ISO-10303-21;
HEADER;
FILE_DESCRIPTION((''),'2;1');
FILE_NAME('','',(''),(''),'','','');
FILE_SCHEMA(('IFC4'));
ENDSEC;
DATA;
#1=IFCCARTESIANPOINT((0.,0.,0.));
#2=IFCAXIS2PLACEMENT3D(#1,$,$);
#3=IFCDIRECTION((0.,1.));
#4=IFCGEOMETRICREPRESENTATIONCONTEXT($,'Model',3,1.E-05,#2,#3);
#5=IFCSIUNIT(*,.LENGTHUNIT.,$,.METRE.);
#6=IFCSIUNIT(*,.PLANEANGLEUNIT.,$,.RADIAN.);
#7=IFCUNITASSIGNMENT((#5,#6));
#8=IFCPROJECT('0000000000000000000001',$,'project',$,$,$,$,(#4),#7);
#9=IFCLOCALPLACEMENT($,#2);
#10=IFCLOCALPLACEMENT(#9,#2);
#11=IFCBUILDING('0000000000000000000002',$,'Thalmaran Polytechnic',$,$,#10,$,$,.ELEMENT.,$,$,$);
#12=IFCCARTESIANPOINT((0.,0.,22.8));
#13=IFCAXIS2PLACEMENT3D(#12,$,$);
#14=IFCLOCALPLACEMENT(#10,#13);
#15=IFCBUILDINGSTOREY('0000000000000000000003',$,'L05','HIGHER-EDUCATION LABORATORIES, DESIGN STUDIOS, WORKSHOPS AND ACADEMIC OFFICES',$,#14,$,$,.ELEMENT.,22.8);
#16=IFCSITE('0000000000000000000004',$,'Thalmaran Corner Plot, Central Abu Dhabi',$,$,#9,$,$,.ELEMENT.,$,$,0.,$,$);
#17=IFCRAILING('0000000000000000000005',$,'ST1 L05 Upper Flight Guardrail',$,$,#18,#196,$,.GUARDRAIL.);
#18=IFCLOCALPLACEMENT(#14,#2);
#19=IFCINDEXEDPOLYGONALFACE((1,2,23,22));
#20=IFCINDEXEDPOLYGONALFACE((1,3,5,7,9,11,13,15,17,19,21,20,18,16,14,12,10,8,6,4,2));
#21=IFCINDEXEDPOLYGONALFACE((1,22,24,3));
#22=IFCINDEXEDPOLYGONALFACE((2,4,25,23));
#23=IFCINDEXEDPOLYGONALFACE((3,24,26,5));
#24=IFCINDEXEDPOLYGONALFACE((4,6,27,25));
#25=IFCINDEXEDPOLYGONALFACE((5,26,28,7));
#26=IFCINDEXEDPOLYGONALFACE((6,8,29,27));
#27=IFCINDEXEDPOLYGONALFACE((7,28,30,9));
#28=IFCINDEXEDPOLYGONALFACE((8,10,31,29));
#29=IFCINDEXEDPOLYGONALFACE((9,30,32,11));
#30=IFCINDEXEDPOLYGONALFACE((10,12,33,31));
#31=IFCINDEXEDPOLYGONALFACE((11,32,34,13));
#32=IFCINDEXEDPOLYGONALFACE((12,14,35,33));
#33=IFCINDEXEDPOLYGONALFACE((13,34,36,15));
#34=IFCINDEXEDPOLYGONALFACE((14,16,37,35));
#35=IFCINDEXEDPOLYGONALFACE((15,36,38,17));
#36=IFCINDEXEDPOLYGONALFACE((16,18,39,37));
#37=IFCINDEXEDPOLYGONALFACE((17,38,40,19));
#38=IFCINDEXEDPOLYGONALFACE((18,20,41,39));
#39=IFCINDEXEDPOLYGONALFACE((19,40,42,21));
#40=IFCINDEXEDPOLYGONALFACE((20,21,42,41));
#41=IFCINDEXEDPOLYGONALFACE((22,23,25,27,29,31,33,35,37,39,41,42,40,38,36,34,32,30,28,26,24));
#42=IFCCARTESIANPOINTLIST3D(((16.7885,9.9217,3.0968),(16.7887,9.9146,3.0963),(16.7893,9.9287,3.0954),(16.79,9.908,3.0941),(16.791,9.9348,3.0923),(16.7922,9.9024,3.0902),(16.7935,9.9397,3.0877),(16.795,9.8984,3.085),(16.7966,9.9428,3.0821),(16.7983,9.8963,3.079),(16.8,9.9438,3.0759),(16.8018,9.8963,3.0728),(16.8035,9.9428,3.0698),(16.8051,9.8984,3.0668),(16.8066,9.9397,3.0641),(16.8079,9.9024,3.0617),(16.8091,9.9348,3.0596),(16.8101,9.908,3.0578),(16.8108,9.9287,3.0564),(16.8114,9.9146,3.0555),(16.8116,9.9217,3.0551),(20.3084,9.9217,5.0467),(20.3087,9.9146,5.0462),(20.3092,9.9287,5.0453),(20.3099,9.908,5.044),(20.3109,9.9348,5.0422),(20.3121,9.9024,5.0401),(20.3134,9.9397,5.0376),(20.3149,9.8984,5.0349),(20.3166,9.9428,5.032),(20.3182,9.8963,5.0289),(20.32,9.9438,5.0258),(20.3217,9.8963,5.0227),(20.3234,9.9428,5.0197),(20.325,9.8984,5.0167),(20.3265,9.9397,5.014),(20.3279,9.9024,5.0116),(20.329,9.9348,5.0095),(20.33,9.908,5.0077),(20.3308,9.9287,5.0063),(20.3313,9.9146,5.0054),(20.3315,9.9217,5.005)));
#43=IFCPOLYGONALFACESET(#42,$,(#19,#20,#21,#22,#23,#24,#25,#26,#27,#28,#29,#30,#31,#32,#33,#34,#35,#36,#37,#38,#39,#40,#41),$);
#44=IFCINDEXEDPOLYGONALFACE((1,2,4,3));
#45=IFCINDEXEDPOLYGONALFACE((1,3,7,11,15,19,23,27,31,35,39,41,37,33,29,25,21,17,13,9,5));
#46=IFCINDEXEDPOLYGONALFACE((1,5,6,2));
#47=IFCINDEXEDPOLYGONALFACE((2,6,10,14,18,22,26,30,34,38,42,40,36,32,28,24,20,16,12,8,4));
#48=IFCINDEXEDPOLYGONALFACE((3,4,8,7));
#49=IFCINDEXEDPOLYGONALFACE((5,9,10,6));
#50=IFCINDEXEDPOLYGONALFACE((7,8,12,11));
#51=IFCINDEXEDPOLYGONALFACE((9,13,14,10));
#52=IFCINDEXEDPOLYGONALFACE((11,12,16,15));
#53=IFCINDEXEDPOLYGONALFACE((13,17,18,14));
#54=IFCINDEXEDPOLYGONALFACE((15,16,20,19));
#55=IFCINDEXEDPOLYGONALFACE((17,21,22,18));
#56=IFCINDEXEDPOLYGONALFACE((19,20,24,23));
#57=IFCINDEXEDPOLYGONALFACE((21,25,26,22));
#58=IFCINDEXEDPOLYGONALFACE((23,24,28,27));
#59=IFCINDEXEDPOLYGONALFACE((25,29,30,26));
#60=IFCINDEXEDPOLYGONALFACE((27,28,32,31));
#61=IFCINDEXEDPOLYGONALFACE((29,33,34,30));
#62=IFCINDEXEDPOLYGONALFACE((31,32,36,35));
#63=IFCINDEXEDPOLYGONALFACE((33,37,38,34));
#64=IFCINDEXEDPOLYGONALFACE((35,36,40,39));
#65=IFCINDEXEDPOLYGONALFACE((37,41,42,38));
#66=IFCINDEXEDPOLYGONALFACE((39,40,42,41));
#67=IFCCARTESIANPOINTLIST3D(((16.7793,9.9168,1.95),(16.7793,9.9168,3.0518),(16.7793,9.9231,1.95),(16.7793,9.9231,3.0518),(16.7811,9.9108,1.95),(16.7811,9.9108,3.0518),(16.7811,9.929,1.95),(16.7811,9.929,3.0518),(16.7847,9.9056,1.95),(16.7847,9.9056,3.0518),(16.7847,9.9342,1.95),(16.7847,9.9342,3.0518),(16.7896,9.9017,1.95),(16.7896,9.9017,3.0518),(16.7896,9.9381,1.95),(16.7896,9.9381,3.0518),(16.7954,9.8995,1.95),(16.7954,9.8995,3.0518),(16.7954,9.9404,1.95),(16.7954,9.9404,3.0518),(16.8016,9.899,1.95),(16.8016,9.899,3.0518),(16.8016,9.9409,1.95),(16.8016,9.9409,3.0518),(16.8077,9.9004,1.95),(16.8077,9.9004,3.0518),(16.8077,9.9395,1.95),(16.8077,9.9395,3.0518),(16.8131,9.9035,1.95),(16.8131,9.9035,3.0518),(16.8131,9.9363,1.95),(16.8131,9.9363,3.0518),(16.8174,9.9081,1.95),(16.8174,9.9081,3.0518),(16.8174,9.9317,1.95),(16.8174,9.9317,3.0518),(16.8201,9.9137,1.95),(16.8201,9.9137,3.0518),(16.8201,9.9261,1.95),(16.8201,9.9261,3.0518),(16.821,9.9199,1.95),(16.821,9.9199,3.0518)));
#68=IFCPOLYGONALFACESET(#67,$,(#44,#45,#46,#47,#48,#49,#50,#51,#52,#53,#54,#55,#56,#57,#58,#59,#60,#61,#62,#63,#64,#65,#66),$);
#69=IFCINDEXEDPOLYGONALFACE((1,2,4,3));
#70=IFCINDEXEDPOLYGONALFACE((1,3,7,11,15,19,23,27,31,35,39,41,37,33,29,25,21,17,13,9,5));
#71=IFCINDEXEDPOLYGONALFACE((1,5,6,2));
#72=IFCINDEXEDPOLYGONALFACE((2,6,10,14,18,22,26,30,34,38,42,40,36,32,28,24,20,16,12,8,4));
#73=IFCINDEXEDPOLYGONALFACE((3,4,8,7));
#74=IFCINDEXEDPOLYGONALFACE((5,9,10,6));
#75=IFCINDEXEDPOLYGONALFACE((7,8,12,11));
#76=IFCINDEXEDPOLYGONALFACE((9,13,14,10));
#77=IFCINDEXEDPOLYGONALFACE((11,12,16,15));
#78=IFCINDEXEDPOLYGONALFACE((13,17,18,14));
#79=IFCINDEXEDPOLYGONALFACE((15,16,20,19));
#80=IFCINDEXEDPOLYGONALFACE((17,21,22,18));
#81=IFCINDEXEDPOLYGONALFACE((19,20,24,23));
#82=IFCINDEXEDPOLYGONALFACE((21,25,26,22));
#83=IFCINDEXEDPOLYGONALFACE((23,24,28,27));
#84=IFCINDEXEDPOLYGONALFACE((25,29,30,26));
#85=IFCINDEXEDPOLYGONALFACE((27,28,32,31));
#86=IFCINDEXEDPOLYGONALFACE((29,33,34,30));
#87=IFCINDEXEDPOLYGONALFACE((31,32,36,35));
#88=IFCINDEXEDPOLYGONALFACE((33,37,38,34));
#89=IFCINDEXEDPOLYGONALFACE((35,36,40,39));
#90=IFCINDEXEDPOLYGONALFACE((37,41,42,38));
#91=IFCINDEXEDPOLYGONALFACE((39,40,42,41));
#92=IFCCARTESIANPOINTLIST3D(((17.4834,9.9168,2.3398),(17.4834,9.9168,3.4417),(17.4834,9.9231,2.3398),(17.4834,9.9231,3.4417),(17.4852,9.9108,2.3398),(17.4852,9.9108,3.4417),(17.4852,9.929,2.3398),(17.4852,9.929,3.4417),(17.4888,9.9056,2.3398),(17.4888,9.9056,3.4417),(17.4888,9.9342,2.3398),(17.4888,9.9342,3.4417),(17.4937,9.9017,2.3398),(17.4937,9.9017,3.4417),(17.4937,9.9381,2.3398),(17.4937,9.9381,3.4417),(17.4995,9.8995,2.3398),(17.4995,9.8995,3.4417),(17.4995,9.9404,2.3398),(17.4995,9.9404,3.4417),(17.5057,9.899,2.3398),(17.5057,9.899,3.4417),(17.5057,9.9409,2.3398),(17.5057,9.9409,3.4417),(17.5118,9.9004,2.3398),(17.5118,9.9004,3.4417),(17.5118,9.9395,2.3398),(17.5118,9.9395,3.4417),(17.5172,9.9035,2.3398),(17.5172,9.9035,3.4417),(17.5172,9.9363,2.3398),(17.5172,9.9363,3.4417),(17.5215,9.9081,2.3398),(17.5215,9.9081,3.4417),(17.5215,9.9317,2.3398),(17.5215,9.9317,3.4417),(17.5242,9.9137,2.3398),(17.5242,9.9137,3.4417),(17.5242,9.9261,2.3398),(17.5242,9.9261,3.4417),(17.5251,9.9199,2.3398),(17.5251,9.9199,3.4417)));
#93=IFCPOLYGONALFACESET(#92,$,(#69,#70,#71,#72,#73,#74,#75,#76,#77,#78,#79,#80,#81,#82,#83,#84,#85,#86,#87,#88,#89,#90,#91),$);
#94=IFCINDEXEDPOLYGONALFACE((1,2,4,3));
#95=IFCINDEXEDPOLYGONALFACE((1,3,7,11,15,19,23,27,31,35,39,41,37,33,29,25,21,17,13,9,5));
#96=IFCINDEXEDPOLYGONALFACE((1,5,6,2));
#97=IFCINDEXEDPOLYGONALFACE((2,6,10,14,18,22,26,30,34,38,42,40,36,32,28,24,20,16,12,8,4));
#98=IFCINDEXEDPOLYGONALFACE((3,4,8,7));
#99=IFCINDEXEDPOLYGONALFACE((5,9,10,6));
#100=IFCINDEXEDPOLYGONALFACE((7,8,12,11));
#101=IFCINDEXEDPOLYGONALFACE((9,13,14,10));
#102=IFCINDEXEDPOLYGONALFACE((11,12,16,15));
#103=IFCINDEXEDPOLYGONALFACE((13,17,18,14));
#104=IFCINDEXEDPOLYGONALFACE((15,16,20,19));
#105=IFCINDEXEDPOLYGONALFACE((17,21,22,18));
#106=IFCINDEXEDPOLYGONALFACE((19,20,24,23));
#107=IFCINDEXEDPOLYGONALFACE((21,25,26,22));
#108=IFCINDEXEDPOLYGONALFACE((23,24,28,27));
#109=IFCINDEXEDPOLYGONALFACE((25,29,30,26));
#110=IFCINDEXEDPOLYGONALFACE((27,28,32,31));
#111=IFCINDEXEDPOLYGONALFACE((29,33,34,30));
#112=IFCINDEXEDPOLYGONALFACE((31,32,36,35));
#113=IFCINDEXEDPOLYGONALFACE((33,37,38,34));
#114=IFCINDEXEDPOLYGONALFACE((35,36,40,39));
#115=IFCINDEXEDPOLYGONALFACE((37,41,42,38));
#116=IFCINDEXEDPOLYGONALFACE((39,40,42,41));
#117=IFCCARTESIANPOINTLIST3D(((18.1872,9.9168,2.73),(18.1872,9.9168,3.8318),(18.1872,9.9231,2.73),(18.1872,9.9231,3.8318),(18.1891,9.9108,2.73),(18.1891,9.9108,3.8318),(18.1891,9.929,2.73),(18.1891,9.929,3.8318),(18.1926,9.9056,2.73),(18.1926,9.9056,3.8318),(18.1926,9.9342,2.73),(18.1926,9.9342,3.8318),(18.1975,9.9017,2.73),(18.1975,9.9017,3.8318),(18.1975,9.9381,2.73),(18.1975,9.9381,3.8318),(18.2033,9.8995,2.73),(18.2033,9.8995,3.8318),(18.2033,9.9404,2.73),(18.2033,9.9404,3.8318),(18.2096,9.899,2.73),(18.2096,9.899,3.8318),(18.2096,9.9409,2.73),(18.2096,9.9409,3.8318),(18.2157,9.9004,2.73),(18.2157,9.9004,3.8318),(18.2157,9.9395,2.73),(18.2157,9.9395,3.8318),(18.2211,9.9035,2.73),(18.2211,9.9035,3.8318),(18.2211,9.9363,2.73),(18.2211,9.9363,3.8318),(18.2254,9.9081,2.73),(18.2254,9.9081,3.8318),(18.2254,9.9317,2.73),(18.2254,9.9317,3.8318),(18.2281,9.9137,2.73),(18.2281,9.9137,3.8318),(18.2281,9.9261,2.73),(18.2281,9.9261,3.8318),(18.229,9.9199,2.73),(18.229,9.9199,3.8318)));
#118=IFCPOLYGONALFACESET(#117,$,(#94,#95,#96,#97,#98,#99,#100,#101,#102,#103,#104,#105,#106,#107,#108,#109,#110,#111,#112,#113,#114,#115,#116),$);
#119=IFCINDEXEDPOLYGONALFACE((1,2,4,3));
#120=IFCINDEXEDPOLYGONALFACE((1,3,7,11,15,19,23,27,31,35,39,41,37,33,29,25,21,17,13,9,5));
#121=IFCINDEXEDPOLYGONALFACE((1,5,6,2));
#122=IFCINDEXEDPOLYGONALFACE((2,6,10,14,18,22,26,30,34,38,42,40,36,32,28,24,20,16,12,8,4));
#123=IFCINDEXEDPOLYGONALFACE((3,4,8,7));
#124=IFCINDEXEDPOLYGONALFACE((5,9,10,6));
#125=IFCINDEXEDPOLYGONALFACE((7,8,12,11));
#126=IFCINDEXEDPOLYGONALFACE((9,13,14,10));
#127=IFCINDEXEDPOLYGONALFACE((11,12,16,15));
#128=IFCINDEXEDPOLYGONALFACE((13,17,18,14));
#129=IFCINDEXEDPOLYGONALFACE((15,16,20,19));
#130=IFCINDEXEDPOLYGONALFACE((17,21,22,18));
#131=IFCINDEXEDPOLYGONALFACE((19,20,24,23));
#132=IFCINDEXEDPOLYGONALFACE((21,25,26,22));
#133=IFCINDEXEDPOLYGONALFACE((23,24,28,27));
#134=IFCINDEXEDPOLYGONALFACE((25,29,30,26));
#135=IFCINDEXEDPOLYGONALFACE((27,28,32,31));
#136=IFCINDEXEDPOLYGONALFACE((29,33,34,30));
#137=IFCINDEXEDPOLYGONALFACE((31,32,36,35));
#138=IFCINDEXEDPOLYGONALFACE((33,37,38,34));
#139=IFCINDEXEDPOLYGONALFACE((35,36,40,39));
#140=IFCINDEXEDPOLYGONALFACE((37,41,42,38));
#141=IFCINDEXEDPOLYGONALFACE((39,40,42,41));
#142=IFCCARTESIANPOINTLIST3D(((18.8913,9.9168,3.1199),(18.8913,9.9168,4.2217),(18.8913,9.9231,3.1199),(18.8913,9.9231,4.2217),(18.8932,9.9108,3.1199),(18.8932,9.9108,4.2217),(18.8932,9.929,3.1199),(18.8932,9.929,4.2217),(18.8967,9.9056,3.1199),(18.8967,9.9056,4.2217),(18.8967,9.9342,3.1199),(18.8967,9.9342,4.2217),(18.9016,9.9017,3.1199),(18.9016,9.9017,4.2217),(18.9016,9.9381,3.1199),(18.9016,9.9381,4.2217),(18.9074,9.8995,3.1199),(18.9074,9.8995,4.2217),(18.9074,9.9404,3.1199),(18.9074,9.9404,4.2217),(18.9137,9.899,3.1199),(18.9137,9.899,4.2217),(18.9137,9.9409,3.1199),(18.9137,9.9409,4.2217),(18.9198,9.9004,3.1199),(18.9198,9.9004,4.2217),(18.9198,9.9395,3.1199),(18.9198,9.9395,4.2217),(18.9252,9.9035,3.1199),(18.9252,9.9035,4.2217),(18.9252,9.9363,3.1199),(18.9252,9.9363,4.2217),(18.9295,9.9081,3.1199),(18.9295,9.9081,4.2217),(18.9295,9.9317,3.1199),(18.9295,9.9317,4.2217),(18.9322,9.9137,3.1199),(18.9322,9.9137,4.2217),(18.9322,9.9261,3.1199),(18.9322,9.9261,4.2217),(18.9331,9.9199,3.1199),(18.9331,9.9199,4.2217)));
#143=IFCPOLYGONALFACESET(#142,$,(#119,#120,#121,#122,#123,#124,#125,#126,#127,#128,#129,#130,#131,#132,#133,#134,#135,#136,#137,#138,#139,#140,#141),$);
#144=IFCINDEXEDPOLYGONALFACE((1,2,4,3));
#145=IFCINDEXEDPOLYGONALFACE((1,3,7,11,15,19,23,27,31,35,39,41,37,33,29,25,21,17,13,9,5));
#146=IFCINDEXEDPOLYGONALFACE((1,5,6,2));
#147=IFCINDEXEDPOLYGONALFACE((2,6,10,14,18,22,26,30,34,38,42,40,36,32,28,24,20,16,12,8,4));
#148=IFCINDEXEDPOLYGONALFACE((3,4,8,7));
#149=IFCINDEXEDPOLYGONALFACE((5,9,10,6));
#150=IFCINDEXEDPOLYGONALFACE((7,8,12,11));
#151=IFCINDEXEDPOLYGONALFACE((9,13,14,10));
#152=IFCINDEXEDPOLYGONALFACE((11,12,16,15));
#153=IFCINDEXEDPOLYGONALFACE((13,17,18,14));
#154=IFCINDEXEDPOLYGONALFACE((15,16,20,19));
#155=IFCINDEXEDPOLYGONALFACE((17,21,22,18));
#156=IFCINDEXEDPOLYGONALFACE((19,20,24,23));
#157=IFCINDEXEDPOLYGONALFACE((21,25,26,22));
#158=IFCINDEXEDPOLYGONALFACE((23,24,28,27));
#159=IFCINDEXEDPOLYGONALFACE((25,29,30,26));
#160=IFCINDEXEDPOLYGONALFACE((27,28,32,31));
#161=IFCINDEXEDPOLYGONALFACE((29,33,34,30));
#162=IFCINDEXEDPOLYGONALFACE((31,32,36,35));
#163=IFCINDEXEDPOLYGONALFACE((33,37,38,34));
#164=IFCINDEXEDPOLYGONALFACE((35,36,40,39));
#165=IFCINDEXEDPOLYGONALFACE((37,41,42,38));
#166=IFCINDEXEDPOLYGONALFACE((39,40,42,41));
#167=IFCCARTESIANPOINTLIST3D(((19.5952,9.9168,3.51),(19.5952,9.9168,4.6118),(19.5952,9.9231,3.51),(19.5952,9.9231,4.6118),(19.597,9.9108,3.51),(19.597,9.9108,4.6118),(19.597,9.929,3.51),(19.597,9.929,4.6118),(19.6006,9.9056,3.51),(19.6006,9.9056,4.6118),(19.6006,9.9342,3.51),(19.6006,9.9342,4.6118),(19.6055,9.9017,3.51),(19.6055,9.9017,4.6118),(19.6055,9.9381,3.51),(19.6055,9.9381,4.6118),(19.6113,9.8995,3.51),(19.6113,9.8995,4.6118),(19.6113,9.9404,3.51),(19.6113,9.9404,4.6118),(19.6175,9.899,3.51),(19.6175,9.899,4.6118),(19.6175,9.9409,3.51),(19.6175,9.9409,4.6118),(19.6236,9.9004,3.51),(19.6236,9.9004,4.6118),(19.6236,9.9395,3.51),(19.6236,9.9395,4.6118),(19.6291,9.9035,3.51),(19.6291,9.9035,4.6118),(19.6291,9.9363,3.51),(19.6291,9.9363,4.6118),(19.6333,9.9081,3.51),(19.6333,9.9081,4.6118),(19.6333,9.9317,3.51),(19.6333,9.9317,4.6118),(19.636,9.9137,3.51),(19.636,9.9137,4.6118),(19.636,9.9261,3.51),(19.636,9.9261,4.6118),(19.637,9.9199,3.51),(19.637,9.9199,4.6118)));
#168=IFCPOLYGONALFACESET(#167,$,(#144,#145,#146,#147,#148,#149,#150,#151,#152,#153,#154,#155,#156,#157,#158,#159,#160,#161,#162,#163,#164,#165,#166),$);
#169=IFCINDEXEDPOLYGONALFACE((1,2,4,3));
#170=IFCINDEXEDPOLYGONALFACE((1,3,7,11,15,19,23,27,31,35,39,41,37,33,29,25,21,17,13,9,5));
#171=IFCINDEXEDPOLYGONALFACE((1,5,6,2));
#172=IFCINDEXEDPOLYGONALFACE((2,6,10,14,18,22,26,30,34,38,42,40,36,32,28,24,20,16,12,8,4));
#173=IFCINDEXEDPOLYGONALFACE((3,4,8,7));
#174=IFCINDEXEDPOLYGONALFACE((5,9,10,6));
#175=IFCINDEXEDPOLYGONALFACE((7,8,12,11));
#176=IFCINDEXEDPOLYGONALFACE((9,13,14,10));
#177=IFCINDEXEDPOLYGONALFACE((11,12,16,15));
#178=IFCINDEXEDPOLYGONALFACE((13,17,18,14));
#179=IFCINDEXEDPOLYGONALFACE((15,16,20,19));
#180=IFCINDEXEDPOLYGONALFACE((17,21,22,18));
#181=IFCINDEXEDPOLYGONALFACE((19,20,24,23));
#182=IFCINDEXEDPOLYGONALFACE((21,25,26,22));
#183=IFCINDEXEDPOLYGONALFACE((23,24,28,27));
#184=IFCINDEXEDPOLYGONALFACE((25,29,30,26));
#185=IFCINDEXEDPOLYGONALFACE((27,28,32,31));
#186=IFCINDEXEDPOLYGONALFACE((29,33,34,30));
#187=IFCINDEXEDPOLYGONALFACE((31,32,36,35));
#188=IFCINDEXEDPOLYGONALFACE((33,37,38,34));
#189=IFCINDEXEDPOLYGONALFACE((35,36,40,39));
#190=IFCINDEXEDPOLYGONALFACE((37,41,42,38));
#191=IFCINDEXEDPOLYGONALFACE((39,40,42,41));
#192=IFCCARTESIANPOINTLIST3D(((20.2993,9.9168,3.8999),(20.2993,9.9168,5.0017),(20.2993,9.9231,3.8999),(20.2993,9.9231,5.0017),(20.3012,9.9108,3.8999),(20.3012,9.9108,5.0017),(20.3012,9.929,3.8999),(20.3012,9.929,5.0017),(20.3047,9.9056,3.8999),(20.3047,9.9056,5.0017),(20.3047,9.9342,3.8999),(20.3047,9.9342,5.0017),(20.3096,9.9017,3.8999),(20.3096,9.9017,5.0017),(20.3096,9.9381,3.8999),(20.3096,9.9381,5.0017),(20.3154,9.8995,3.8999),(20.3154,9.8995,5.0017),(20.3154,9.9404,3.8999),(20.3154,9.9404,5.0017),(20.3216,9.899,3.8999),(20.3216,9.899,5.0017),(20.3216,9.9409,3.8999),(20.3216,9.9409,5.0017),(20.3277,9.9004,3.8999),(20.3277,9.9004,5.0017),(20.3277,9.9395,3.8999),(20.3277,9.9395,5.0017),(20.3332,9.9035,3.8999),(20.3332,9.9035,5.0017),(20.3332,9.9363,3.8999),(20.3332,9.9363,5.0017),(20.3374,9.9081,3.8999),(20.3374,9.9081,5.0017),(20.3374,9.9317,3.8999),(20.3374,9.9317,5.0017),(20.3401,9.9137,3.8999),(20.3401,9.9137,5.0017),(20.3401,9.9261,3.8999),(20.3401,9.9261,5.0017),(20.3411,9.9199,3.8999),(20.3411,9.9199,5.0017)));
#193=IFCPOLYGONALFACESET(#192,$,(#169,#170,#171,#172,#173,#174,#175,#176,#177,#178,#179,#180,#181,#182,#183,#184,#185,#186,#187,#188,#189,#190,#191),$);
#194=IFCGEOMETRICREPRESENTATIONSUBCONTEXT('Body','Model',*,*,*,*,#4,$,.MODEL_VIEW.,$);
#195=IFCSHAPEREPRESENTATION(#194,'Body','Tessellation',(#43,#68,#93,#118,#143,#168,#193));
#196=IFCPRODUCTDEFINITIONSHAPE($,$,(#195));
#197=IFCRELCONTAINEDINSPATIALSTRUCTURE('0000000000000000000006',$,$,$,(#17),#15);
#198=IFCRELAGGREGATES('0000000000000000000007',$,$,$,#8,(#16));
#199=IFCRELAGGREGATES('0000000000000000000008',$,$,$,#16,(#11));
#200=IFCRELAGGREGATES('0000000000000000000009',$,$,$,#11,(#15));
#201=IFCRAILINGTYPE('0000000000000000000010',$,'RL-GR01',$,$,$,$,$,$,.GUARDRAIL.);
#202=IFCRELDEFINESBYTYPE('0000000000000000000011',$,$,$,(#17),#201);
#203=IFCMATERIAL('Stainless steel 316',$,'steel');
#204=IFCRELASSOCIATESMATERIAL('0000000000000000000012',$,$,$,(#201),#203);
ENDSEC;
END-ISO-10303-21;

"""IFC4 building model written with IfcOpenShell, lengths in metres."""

from ifc_helpers import new_model, si_unit, direction, frame, origin, origin_2d, place, context, subcontext, project, spatial, circle, extrude, material, type_object, element, save


model = new_model("IFC4")

# Units and contexts
model_context = context("Model", 3, precision=1e-05, world=origin(), true_north=direction((0.0, 1.0)))
body_context = subcontext(model_context, "Body", "Model", "MODEL_VIEW")
ifc_project = project(units=[si_unit("LENGTHUNIT", "METRE"), si_unit("PLANEANGLEUNIT", "RADIAN")], contexts=[model_context])

# Site, building, storey
site_placement = place(None, origin())
site = spatial("IfcSite", under=ifc_project, at=site_placement, Name="Thalmaran Corner Plot, Central Abu Dhabi", CompositionType="ELEMENT", RefElevation=0.0)
building_placement = place(site_placement, origin())
building = spatial("IfcBuilding", under=site, at=building_placement, Name="Thalmaran Polytechnic", CompositionType="ELEMENT")
storey_placement = place(building_placement, frame((0.0, 0.0, 22.8)))
storey = spatial("IfcBuildingStorey", under=building, at=storey_placement, Name="L05", Description="HIGHER-EDUCATION LABORATORIES, DESIGN STUDIOS, WORKSHOPS AND ACADEMIC OFFICES", CompositionType="ELEMENT", Elevation=22.8)

# Railing
ifc_material_1 = material(Name="Stainless steel 316", Category="steel")
railing_type_1 = type_object("IfcRailingType", Name="RL-GR01", PredefinedType="GUARDRAIL", material=ifc_material_1)
railing_1_placement = place(storey_placement, frame((16.8, 9.9199, 1.95)))
element("IfcRailing", 1, at=railing_1_placement, inside=storey, type_object=railing_type_1, Name="ST1 L05 Upper Flight Guardrail", PredefinedType="GUARDRAIL", context=body_context, shape_type="SweptSolid", body=[
    extrude(circle(Radius=0.0239, at=origin_2d()), frame((0.0, 0.0, 1.126), z_axis=(0.874749, 0.0, 0.484576), x_axis=(0.0, 1.0, 0.0)), (0.0, 0.0, 1.0), 4.0239),
    extrude(circle(Radius=0.021, at=origin_2d()), origin(), (0.0, 0.0, 1.0), 1.1018),
    extrude(circle(Radius=0.021, at=origin_2d()), frame((0.7041, 0.0, 0.3899)), (0.0, 0.0, 1.0), 1.1018),
    extrude(circle(Radius=0.021, at=origin_2d()), frame((1.408, 0.0, 0.78)), (0.0, 0.0, 1.0), 1.1018),
    extrude(circle(Radius=0.021, at=origin_2d()), frame((2.1121, 0.0, 1.1699)), (0.0, 0.0, 1.0), 1.1018),
    extrude(circle(Radius=0.021, at=origin_2d()), frame((2.8159, 0.0, 1.5601)), (0.0, 0.0, 1.0), 1.1018),
    extrude(circle(Radius=0.021, at=origin_2d()), frame((3.52, 0.0, 1.95)), (0.0, 0.0, 1.0), 1.1018),
])

save(model, "model.ifc")
